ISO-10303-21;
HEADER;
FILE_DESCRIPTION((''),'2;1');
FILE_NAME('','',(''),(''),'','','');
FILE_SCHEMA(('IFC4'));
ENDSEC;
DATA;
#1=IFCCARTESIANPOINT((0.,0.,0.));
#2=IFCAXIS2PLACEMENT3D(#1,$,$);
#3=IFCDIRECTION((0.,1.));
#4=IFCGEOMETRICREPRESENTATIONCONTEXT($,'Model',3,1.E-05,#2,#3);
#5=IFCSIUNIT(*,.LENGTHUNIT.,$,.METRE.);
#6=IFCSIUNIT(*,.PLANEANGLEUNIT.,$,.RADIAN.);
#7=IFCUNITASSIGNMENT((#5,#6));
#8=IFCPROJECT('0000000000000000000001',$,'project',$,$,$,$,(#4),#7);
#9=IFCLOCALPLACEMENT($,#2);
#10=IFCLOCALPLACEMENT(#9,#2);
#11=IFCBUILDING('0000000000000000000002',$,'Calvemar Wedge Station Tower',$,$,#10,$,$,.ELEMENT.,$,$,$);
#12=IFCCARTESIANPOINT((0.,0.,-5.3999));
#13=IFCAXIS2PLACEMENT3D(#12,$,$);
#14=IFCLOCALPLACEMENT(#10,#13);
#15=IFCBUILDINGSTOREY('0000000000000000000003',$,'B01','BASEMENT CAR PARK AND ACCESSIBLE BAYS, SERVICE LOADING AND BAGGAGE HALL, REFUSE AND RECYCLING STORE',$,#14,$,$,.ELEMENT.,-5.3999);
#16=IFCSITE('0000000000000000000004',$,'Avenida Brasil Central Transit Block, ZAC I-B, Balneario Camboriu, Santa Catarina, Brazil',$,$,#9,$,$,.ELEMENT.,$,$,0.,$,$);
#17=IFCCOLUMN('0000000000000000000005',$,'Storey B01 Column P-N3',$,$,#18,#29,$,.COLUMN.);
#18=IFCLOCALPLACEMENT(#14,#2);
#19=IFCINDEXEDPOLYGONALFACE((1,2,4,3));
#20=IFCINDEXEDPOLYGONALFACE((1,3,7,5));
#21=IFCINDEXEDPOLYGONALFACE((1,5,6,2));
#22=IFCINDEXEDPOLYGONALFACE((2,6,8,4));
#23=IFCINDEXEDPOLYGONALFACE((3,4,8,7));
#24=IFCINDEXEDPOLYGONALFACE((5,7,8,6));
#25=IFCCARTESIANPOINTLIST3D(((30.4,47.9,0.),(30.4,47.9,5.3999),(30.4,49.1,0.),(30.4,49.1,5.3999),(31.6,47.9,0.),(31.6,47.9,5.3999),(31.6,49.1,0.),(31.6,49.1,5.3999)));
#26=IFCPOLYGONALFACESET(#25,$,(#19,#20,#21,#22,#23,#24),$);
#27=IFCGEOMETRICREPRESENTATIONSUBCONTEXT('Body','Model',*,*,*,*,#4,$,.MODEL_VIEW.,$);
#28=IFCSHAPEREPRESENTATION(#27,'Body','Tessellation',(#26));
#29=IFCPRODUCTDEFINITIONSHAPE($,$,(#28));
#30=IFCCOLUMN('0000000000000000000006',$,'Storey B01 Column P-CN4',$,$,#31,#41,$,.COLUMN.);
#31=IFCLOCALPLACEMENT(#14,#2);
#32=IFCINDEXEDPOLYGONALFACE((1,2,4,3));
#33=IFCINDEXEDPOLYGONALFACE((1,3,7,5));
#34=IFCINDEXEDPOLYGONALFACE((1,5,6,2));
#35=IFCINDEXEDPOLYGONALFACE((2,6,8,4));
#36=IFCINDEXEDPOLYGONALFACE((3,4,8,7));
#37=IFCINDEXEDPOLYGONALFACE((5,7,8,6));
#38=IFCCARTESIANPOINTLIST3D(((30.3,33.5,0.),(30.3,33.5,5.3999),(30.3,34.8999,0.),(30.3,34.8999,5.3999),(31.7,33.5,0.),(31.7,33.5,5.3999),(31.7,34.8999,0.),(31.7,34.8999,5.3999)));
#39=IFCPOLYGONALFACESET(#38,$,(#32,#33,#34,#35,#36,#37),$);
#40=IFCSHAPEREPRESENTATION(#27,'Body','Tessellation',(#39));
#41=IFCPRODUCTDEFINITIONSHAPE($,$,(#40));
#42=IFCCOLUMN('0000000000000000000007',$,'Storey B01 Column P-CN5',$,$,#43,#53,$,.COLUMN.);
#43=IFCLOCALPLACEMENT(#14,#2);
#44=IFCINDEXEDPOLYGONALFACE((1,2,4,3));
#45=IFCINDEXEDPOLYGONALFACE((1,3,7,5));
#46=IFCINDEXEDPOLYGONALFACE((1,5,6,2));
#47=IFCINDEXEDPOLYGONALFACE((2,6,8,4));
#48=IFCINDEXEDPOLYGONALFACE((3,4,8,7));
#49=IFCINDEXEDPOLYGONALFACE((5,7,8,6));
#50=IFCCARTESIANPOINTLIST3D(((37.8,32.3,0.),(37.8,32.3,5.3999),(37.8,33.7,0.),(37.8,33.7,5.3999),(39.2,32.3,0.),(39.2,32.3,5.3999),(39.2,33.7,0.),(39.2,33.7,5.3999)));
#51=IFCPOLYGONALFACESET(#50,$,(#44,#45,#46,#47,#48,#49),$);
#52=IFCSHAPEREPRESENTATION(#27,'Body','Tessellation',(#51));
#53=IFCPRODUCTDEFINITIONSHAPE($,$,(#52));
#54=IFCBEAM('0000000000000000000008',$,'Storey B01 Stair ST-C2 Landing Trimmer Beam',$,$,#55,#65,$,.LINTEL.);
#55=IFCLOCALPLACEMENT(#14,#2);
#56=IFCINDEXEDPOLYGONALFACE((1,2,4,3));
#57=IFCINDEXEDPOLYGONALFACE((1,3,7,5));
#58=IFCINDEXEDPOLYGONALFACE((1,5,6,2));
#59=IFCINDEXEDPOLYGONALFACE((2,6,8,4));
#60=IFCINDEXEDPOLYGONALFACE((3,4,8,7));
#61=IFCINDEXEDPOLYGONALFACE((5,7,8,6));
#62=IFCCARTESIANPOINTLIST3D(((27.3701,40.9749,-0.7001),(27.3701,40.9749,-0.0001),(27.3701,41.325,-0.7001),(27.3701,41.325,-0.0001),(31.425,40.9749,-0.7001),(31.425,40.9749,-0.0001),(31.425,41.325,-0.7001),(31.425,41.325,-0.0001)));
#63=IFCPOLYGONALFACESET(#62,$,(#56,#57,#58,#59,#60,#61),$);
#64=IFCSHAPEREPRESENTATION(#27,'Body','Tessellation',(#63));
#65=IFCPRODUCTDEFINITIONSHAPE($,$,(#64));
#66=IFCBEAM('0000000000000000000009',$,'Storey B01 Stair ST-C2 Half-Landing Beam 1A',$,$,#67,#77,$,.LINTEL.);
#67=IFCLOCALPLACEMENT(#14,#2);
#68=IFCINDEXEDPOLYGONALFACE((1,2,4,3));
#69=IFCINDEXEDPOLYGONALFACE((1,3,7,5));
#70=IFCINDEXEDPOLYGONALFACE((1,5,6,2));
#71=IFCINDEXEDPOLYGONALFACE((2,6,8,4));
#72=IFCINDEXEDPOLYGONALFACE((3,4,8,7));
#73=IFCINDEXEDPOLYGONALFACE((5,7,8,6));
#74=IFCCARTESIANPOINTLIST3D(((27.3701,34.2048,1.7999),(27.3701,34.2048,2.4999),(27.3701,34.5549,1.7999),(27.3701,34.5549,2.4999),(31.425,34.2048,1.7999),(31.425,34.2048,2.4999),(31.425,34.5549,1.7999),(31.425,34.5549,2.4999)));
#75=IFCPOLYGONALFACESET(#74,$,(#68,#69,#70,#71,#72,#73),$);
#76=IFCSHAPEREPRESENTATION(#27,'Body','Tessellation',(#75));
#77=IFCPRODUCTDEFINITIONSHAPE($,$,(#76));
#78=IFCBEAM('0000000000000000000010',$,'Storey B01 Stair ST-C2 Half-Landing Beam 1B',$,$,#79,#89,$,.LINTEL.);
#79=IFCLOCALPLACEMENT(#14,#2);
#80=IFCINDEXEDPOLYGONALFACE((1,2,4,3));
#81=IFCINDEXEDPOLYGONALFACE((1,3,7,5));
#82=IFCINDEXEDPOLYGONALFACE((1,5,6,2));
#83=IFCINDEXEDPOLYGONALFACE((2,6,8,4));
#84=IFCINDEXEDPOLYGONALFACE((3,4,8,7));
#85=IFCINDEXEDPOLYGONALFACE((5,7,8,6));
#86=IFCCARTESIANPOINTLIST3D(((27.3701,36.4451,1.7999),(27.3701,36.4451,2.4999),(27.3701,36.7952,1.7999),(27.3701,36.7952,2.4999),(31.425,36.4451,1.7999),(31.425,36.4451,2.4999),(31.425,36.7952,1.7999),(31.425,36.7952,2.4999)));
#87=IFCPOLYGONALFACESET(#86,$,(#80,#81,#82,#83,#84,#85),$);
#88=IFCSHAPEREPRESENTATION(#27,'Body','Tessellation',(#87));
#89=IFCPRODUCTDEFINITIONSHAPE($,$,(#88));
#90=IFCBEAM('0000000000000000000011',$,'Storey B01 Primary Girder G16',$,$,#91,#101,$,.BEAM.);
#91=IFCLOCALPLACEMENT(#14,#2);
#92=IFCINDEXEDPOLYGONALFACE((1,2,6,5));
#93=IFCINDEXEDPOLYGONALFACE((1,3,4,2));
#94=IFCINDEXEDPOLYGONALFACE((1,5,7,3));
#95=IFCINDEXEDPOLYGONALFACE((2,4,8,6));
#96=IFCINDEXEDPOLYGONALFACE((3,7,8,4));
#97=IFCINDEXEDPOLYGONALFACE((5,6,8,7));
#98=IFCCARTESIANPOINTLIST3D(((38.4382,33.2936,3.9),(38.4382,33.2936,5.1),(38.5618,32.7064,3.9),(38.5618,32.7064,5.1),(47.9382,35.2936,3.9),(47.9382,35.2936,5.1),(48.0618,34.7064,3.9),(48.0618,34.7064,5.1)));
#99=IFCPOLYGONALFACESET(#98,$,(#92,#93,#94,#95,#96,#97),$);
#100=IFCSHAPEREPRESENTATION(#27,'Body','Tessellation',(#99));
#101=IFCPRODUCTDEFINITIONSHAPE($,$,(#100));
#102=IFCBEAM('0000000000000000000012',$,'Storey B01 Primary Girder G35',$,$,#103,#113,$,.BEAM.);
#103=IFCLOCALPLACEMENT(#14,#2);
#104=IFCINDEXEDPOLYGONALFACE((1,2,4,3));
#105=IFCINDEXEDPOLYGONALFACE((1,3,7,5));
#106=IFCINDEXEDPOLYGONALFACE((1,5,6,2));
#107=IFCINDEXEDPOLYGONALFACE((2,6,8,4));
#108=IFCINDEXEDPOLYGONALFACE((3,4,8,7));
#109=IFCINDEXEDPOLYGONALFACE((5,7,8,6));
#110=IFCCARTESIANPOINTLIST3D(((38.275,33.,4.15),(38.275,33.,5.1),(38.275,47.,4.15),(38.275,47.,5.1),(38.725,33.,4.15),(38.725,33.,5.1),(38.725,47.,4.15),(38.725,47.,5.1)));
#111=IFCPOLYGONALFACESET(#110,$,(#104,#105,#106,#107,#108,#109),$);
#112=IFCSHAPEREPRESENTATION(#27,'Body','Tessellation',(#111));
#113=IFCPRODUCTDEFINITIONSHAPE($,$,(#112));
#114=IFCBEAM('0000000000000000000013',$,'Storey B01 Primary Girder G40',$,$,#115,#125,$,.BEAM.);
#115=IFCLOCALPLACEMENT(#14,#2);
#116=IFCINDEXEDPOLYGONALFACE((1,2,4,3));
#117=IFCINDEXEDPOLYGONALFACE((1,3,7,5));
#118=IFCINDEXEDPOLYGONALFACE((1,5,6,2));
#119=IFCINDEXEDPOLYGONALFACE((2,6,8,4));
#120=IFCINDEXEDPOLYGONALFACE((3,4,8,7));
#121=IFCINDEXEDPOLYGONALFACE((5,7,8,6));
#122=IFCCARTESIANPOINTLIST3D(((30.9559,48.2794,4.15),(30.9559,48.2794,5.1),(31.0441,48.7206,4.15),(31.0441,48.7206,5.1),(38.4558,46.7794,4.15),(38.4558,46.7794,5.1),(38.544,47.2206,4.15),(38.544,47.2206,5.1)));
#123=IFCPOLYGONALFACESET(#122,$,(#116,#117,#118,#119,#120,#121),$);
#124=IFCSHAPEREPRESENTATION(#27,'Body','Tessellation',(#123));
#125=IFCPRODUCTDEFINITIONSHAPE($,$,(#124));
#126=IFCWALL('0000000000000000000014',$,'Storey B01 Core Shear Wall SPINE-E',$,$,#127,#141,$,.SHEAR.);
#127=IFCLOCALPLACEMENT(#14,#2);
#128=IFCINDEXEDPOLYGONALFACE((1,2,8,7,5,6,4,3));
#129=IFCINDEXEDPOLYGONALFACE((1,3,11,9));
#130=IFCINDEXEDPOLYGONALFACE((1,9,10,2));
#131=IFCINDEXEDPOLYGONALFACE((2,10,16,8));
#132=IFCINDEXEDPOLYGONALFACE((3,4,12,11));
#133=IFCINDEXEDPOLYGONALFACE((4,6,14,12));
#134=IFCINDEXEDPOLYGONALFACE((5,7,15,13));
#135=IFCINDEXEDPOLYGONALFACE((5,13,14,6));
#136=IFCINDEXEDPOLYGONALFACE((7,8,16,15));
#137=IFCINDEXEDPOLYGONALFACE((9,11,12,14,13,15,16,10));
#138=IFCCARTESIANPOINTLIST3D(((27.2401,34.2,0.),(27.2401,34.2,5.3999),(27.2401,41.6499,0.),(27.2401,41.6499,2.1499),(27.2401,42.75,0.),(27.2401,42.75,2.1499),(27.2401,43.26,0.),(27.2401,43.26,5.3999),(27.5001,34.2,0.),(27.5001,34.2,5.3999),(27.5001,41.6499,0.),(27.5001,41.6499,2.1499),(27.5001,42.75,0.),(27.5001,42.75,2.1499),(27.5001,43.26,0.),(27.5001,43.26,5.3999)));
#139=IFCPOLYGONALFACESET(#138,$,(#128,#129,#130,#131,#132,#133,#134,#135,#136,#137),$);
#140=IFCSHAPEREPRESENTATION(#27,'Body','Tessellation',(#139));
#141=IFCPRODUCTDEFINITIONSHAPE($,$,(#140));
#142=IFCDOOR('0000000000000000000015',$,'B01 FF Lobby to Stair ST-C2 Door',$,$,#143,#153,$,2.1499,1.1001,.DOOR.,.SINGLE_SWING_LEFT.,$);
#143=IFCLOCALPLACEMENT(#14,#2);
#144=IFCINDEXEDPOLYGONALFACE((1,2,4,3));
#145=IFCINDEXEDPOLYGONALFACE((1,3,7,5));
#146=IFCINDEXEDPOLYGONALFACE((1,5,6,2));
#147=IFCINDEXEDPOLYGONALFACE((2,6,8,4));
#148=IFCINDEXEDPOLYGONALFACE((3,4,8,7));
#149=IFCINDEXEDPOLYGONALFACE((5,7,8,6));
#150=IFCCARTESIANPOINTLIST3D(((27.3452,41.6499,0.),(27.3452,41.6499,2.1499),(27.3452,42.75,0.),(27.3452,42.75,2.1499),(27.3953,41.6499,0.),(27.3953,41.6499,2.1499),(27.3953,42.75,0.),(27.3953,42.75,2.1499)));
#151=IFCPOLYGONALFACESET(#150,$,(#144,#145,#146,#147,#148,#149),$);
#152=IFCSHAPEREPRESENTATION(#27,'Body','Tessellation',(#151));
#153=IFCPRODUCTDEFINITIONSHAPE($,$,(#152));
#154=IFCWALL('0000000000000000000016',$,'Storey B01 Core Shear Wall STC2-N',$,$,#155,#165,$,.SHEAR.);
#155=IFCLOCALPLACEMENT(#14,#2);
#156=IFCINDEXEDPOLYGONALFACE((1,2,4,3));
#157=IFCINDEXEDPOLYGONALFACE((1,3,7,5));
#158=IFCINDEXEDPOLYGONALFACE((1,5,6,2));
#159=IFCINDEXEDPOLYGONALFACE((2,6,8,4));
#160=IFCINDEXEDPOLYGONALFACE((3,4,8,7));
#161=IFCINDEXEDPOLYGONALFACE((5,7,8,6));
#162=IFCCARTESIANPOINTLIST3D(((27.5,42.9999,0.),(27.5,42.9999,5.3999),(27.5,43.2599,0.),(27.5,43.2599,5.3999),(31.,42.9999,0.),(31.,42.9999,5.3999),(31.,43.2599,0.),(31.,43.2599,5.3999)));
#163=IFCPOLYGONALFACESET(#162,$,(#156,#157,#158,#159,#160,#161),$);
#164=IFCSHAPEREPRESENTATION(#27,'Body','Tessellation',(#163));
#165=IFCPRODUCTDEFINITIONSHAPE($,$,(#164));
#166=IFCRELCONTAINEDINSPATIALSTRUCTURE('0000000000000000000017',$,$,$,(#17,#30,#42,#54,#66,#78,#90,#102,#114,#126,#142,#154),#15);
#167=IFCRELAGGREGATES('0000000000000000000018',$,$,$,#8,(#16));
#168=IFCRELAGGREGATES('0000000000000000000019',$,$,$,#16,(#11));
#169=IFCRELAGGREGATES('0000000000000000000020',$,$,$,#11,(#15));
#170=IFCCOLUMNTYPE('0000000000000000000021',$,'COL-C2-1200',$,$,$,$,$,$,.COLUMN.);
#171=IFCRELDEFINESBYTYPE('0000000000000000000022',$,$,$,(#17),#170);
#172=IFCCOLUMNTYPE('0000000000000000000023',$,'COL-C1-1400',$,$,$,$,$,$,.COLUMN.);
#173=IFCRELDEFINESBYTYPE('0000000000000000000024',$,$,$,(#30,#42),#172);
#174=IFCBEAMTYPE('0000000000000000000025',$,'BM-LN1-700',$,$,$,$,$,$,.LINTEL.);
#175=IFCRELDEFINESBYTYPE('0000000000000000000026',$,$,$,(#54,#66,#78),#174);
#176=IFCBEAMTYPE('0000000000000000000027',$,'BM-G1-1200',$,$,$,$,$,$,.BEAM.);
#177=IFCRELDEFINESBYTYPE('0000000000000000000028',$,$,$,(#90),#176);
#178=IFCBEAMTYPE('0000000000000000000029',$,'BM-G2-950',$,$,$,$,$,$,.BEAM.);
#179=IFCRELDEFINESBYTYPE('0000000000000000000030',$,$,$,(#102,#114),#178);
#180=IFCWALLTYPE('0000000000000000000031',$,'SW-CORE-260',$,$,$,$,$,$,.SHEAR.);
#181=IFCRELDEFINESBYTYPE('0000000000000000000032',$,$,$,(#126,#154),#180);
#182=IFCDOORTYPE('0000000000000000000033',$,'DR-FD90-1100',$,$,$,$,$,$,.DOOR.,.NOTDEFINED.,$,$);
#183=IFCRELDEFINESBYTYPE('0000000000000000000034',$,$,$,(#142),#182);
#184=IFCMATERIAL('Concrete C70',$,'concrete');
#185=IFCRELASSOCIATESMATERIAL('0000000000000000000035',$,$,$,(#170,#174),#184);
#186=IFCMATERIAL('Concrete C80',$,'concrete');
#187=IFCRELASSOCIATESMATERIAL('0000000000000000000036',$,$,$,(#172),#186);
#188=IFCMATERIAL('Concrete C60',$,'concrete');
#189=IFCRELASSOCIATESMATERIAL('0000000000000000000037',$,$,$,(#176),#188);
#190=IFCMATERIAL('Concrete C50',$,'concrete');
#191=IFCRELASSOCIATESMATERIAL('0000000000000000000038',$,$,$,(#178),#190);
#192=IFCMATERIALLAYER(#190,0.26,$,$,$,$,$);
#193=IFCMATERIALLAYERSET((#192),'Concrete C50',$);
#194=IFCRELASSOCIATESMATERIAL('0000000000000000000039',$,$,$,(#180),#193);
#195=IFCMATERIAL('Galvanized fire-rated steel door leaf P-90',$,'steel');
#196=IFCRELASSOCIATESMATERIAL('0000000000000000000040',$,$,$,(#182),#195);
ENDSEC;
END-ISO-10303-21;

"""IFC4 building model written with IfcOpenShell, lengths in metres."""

from ifc_helpers import new_model, si_unit, direction, frame, frame_2d, origin, origin_2d, place, context, subcontext, project, spatial, rectangle, extrude, source, transform, mapped, material, layer, layer_set, material_profile, profile_set, type_object, element, fill, save


model = new_model("IFC4")

# Units and contexts
model_context = context("Model", 3, precision=1e-05, world=origin(), true_north=direction((0.0, 1.0)))
body_context = subcontext(model_context, "Body", "Model", "MODEL_VIEW")
ifc_project = project(units=[si_unit("LENGTHUNIT", "METRE"), si_unit("PLANEANGLEUNIT", "RADIAN")], contexts=[model_context])

# Site, building, storey
site_placement = place(None, origin())
site = spatial("IfcSite", under=ifc_project, at=site_placement, Name="Avenida Brasil Central Transit Block, ZAC I-B, Balneario Camboriu, Santa Catarina, Brazil", CompositionType="ELEMENT", RefElevation=0.0)
building_placement = place(site_placement, origin())
building = spatial("IfcBuilding", under=site, at=building_placement, Name="Calvemar Wedge Station Tower", CompositionType="ELEMENT")
storey_placement = place(building_placement, frame((0.0, 0.0, -5.3999)))
storey = spatial("IfcBuildingStorey", under=building, at=storey_placement, Name="B01", Description="BASEMENT CAR PARK AND ACCESSIBLE BAYS, SERVICE LOADING AND BAGGAGE HALL, REFUSE AND RECYCLING STORE", CompositionType="ELEMENT", Elevation=-5.3999)

# Columns
ifc_material_1 = material(Name="Concrete C70", Category="concrete")
ifc_material_profile_1 = material_profile(ifc_material_1, rectangle(XDim=1.2, YDim=1.2, at=origin_2d()), Name="RC1200x1200")
ifc_profile_set_1 = profile_set([ifc_material_profile_1], Name="Concrete C70")
column_type_1 = type_object("IfcColumnType", Name="COL-C2-1200", PredefinedType="COLUMN", material=ifc_profile_set_1)
shared_shape_1 = source(origin(), body_context, "Body", "SweptSolid", [
    extrude(rectangle(XDim=1.2, YDim=1.2, at=origin_2d()), origin(), (0.0, 0.0, 1.0), 5.3999),
])
column_placement = place(storey_placement, frame((31.0, 48.5, 0.0), z_axis=(0.0, 0.0, 1.0), x_axis=(1.0, 0.0, 0.0)))
element("IfcColumn", 1, at=column_placement, inside=storey, type_object=column_type_1, Name="Storey B01 Column P-N3", PredefinedType="COLUMN", context=body_context, shape_type="MappedRepresentation", body=[
    mapped(shared_shape_1, transform((0.0, 0.0, 0.0), scale=1.0)),
])
ifc_material_2 = material(Name="Concrete C80", Category="concrete")
ifc_material_profile_2 = material_profile(ifc_material_2, rectangle(XDim=1.3999, YDim=1.3999, at=origin_2d()), Name="RC1400x1400")
ifc_profile_set_2 = profile_set([ifc_material_profile_2], Name="Concrete C80")
column_type_2 = type_object("IfcColumnType", Name="COL-C1-1400", PredefinedType="COLUMN", material=ifc_profile_set_2)
shared_shape_2 = source(origin(), body_context, "Body", "SweptSolid", [
    extrude(rectangle(XDim=1.3999, YDim=1.3999, at=origin_2d()), origin(), (0.0, 0.0, 1.0), 5.3999),
])
for number, where, z_axis, x_axis, name in (
    (2, (31.0, 34.2, 0.0), (0.0, 0.0, 1.0), (1.0, 0.0, 0.0), "Storey B01 Column P-CN4"),
    (3, (38.5, 33.0, 0.0), (0.0, 0.0, 1.0), (1.0, 0.0, 0.0), "Storey B01 Column P-CN5"),
):
    element("IfcColumn", number, at=place(storey_placement, frame(where, z_axis=z_axis, x_axis=x_axis)), inside=storey, type_object=column_type_2, Name=name, PredefinedType="COLUMN", context=body_context, shape_type="MappedRepresentation", body=[
        mapped(shared_shape_2, transform((0.0, 0.0, 0.0), scale=1.0)),
    ])

# Beams
ifc_material_profile_3 = material_profile(ifc_material_1, rectangle(XDim=0.3501, YDim=0.7, at=origin_2d()), Name="RC350x700")
ifc_profile_set_3 = profile_set([ifc_material_profile_3], Name="Concrete C70")
beam_type_1 = type_object("IfcBeamType", Name="BM-LN1-700", PredefinedType="LINTEL", material=ifc_profile_set_3)
shared_shape_3 = source(origin(), body_context, "Body", "SweptSolid", [
    extrude(rectangle(XDim=0.3501, YDim=0.7, at=origin_2d()), origin(), (0.0, 0.0, 1.0), 4.0549),
])
for number, where, z_axis, x_axis, name in (
    (4, (27.3701, 41.1499, -0.3501), (1.0, 0.0, 0.0), (0.0, 1.0, 0.0), "Storey B01 Stair ST-C2 Landing Trimmer Beam"),
    (5, (27.3701, 34.3799, 2.1499), (1.0, 0.0, 0.0), (0.0, 1.0, 0.0), "Storey B01 Stair ST-C2 Half-Landing Beam 1A"),
    (6, (27.3701, 36.6201, 2.1499), (1.0, 0.0, 0.0), (0.0, 1.0, 0.0), "Storey B01 Stair ST-C2 Half-Landing Beam 1B"),
):
    element("IfcBeam", number, at=place(storey_placement, frame(where, z_axis=z_axis, x_axis=x_axis)), inside=storey, type_object=beam_type_1, Name=name, PredefinedType="LINTEL", context=body_context, shape_type="MappedRepresentation", body=[
        mapped(shared_shape_3, transform((0.0, 0.0, 0.0), scale=1.0)),
    ])
ifc_material_3 = material(Name="Concrete C60", Category="concrete")
ifc_material_profile_4 = material_profile(ifc_material_3, rectangle(XDim=0.6001, YDim=1.2, at=origin_2d()), Name="RC600x1200")
ifc_profile_set_4 = profile_set([ifc_material_profile_4], Name="Concrete C60")
beam_type_2 = type_object("IfcBeamType", Name="BM-G1-1200", PredefinedType="BEAM", material=ifc_profile_set_4)
shared_shape_4 = source(origin(), body_context, "Body", "SweptSolid", [
    extrude(rectangle(XDim=0.6001, YDim=1.2, at=origin_2d()), origin(), (0.0, 0.0, 1.0), 9.7083),
])
beam_1_placement = place(storey_placement, frame((38.5, 33.0, 4.5), z_axis=(0.97855, 0.20601, 0.0), x_axis=(-0.20601, 0.97855, 0.0)))
element("IfcBeam", 7, at=beam_1_placement, inside=storey, type_object=beam_type_2, Name="Storey B01 Primary Girder G16", PredefinedType="BEAM", context=body_context, shape_type="MappedRepresentation", body=[
    mapped(shared_shape_4, transform((0.0, 0.0, 0.0), scale=1.0)),
])
ifc_material_4 = material(Name="Concrete C50", Category="concrete")
ifc_material_profile_5 = material_profile(ifc_material_4, rectangle(XDim=0.45, YDim=0.95, at=origin_2d()), Name="RC450x950")
ifc_profile_set_5 = profile_set([ifc_material_profile_5], Name="Concrete C50")
beam_type_3 = type_object("IfcBeamType", Name="BM-G2-950", PredefinedType="BEAM", material=ifc_profile_set_5)
shared_shape_5 = source(origin(), body_context, "Body", "SweptSolid", [
    extrude(rectangle(XDim=0.45, YDim=0.95, at=origin_2d()), origin(), (0.0, 0.0, 1.0), 14.0),
])
beam_2_placement = place(storey_placement, frame((38.5, 33.0, 4.625), z_axis=(0.0, 1.0, 0.0), x_axis=(-1.0, 0.0, 0.0)))
element("IfcBeam", 8, at=beam_2_placement, inside=storey, type_object=beam_type_3, Name="Storey B01 Primary Girder G35", PredefinedType="BEAM", context=body_context, shape_type="MappedRepresentation", body=[
    mapped(shared_shape_5, transform((0.0, 0.0, 0.0), scale=1.0)),
])
shared_shape_6 = source(origin(), body_context, "Body", "SweptSolid", [
    extrude(rectangle(XDim=0.45, YDim=0.95, at=origin_2d()), origin(), (0.0, 0.0, 1.0), 7.6484),
])
beam_3_placement = place(storey_placement, frame((31.0, 48.5, 4.625), z_axis=(0.980581, -0.196116, 0.0), x_axis=(0.196116, 0.980581, 0.0)))
element("IfcBeam", 9, at=beam_3_placement, inside=storey, type_object=beam_type_3, Name="Storey B01 Primary Girder G40", PredefinedType="BEAM", context=body_context, shape_type="MappedRepresentation", body=[
    mapped(shared_shape_6, transform((0.0, 0.0, 0.0), scale=1.0)),
])

# Wall, opening, door
ifc_layer_1 = layer(ifc_material_4, 0.26)
ifc_layer_set_1 = layer_set([ifc_layer_1], Name="Concrete C50")
wall_type_1 = type_object("IfcWallType", Name="SW-CORE-260", PredefinedType="SHEAR", material=ifc_layer_set_1)
wall_1_placement = place(storey_placement, frame((27.3701, 34.2, 0.0), z_axis=(0.0, 0.0, 1.0), x_axis=(0.0, 1.0, 0.0)))
wall_1 = element("IfcWall", 10, at=wall_1_placement, inside=storey, type_object=wall_type_1, Name="Storey B01 Core Shear Wall SPINE-E", PredefinedType="SHEAR", context=body_context, shape_type="SweptSolid", body=[
    extrude(rectangle(XDim=9.0601, YDim=0.26, at=frame_2d((4.53, 0.0))), origin(), (0.0, 0.0, 1.0), 5.3999),
])
shared_shape_7 = source(origin(), body_context, "Body", "SweptSolid", [
    extrude(rectangle(XDim=1.1001, YDim=2.1499, at=frame_2d((0.55, 1.075))), frame((0.0, 0.1401, 0.0), z_axis=(0.0, -1.0, 0.0), x_axis=(1.0, 0.0, 0.0)), (0.0, 0.0, 1.0), 0.28),
])
opening_1_placement = place(wall_1_placement, frame((7.45, 0.0, 0.0)))
opening_1 = element("IfcOpeningElement", 11, at=opening_1_placement, cuts=wall_1, PredefinedType="OPENING", context=body_context, shape_type="MappedRepresentation", body=[
    mapped(shared_shape_7, transform((0.0, 0.0, 0.0), scale=1.0)),
])
ifc_material_5 = material(Name="Galvanized fire-rated steel door leaf P-90", Category="steel")
door_type_1 = type_object("IfcDoorType", Name="DR-FD90-1100", OperationType="NOTDEFINED", PredefinedType="DOOR", material=ifc_material_5)
shared_shape_8 = source(origin(), body_context, "Body", "SweptSolid", [
    extrude(rectangle(XDim=1.1001, YDim=2.1499, at=frame_2d((0.55, 1.075))), frame((0.0, 0.0249, 0.0), z_axis=(0.0, -1.0, 0.0), x_axis=(1.0, 0.0, 0.0)), (0.0, 0.0, 1.0), 0.05),
])
door_1_placement = place(opening_1_placement, origin())
door_1 = element("IfcDoor", 12, at=door_1_placement, inside=storey, type_object=door_type_1, Name="B01 FF Lobby to Stair ST-C2 Door", OperationType="SINGLE_SWING_LEFT", OverallHeight=2.1499, OverallWidth=1.1001, PredefinedType="DOOR", context=body_context, shape_type="MappedRepresentation", body=[
    mapped(shared_shape_8, transform((0.0, 0.0, 0.0), scale=1.0)),
])
fill(opening_1, door_1)

# Wall
wall_2_placement = place(storey_placement, frame((27.5, 43.1299, 0.0), z_axis=(0.0, 0.0, 1.0), x_axis=(1.0, 0.0, 0.0)))
element("IfcWall", 13, at=wall_2_placement, inside=storey, type_object=wall_type_1, Name="Storey B01 Core Shear Wall STC2-N", PredefinedType="SHEAR", context=body_context, shape_type="SweptSolid", body=[
    extrude(rectangle(XDim=3.5, YDim=0.26, at=frame_2d((1.75, 0.0))), origin(), (0.0, 0.0, 1.0), 5.3999),
])

save(model, "model.ifc")
